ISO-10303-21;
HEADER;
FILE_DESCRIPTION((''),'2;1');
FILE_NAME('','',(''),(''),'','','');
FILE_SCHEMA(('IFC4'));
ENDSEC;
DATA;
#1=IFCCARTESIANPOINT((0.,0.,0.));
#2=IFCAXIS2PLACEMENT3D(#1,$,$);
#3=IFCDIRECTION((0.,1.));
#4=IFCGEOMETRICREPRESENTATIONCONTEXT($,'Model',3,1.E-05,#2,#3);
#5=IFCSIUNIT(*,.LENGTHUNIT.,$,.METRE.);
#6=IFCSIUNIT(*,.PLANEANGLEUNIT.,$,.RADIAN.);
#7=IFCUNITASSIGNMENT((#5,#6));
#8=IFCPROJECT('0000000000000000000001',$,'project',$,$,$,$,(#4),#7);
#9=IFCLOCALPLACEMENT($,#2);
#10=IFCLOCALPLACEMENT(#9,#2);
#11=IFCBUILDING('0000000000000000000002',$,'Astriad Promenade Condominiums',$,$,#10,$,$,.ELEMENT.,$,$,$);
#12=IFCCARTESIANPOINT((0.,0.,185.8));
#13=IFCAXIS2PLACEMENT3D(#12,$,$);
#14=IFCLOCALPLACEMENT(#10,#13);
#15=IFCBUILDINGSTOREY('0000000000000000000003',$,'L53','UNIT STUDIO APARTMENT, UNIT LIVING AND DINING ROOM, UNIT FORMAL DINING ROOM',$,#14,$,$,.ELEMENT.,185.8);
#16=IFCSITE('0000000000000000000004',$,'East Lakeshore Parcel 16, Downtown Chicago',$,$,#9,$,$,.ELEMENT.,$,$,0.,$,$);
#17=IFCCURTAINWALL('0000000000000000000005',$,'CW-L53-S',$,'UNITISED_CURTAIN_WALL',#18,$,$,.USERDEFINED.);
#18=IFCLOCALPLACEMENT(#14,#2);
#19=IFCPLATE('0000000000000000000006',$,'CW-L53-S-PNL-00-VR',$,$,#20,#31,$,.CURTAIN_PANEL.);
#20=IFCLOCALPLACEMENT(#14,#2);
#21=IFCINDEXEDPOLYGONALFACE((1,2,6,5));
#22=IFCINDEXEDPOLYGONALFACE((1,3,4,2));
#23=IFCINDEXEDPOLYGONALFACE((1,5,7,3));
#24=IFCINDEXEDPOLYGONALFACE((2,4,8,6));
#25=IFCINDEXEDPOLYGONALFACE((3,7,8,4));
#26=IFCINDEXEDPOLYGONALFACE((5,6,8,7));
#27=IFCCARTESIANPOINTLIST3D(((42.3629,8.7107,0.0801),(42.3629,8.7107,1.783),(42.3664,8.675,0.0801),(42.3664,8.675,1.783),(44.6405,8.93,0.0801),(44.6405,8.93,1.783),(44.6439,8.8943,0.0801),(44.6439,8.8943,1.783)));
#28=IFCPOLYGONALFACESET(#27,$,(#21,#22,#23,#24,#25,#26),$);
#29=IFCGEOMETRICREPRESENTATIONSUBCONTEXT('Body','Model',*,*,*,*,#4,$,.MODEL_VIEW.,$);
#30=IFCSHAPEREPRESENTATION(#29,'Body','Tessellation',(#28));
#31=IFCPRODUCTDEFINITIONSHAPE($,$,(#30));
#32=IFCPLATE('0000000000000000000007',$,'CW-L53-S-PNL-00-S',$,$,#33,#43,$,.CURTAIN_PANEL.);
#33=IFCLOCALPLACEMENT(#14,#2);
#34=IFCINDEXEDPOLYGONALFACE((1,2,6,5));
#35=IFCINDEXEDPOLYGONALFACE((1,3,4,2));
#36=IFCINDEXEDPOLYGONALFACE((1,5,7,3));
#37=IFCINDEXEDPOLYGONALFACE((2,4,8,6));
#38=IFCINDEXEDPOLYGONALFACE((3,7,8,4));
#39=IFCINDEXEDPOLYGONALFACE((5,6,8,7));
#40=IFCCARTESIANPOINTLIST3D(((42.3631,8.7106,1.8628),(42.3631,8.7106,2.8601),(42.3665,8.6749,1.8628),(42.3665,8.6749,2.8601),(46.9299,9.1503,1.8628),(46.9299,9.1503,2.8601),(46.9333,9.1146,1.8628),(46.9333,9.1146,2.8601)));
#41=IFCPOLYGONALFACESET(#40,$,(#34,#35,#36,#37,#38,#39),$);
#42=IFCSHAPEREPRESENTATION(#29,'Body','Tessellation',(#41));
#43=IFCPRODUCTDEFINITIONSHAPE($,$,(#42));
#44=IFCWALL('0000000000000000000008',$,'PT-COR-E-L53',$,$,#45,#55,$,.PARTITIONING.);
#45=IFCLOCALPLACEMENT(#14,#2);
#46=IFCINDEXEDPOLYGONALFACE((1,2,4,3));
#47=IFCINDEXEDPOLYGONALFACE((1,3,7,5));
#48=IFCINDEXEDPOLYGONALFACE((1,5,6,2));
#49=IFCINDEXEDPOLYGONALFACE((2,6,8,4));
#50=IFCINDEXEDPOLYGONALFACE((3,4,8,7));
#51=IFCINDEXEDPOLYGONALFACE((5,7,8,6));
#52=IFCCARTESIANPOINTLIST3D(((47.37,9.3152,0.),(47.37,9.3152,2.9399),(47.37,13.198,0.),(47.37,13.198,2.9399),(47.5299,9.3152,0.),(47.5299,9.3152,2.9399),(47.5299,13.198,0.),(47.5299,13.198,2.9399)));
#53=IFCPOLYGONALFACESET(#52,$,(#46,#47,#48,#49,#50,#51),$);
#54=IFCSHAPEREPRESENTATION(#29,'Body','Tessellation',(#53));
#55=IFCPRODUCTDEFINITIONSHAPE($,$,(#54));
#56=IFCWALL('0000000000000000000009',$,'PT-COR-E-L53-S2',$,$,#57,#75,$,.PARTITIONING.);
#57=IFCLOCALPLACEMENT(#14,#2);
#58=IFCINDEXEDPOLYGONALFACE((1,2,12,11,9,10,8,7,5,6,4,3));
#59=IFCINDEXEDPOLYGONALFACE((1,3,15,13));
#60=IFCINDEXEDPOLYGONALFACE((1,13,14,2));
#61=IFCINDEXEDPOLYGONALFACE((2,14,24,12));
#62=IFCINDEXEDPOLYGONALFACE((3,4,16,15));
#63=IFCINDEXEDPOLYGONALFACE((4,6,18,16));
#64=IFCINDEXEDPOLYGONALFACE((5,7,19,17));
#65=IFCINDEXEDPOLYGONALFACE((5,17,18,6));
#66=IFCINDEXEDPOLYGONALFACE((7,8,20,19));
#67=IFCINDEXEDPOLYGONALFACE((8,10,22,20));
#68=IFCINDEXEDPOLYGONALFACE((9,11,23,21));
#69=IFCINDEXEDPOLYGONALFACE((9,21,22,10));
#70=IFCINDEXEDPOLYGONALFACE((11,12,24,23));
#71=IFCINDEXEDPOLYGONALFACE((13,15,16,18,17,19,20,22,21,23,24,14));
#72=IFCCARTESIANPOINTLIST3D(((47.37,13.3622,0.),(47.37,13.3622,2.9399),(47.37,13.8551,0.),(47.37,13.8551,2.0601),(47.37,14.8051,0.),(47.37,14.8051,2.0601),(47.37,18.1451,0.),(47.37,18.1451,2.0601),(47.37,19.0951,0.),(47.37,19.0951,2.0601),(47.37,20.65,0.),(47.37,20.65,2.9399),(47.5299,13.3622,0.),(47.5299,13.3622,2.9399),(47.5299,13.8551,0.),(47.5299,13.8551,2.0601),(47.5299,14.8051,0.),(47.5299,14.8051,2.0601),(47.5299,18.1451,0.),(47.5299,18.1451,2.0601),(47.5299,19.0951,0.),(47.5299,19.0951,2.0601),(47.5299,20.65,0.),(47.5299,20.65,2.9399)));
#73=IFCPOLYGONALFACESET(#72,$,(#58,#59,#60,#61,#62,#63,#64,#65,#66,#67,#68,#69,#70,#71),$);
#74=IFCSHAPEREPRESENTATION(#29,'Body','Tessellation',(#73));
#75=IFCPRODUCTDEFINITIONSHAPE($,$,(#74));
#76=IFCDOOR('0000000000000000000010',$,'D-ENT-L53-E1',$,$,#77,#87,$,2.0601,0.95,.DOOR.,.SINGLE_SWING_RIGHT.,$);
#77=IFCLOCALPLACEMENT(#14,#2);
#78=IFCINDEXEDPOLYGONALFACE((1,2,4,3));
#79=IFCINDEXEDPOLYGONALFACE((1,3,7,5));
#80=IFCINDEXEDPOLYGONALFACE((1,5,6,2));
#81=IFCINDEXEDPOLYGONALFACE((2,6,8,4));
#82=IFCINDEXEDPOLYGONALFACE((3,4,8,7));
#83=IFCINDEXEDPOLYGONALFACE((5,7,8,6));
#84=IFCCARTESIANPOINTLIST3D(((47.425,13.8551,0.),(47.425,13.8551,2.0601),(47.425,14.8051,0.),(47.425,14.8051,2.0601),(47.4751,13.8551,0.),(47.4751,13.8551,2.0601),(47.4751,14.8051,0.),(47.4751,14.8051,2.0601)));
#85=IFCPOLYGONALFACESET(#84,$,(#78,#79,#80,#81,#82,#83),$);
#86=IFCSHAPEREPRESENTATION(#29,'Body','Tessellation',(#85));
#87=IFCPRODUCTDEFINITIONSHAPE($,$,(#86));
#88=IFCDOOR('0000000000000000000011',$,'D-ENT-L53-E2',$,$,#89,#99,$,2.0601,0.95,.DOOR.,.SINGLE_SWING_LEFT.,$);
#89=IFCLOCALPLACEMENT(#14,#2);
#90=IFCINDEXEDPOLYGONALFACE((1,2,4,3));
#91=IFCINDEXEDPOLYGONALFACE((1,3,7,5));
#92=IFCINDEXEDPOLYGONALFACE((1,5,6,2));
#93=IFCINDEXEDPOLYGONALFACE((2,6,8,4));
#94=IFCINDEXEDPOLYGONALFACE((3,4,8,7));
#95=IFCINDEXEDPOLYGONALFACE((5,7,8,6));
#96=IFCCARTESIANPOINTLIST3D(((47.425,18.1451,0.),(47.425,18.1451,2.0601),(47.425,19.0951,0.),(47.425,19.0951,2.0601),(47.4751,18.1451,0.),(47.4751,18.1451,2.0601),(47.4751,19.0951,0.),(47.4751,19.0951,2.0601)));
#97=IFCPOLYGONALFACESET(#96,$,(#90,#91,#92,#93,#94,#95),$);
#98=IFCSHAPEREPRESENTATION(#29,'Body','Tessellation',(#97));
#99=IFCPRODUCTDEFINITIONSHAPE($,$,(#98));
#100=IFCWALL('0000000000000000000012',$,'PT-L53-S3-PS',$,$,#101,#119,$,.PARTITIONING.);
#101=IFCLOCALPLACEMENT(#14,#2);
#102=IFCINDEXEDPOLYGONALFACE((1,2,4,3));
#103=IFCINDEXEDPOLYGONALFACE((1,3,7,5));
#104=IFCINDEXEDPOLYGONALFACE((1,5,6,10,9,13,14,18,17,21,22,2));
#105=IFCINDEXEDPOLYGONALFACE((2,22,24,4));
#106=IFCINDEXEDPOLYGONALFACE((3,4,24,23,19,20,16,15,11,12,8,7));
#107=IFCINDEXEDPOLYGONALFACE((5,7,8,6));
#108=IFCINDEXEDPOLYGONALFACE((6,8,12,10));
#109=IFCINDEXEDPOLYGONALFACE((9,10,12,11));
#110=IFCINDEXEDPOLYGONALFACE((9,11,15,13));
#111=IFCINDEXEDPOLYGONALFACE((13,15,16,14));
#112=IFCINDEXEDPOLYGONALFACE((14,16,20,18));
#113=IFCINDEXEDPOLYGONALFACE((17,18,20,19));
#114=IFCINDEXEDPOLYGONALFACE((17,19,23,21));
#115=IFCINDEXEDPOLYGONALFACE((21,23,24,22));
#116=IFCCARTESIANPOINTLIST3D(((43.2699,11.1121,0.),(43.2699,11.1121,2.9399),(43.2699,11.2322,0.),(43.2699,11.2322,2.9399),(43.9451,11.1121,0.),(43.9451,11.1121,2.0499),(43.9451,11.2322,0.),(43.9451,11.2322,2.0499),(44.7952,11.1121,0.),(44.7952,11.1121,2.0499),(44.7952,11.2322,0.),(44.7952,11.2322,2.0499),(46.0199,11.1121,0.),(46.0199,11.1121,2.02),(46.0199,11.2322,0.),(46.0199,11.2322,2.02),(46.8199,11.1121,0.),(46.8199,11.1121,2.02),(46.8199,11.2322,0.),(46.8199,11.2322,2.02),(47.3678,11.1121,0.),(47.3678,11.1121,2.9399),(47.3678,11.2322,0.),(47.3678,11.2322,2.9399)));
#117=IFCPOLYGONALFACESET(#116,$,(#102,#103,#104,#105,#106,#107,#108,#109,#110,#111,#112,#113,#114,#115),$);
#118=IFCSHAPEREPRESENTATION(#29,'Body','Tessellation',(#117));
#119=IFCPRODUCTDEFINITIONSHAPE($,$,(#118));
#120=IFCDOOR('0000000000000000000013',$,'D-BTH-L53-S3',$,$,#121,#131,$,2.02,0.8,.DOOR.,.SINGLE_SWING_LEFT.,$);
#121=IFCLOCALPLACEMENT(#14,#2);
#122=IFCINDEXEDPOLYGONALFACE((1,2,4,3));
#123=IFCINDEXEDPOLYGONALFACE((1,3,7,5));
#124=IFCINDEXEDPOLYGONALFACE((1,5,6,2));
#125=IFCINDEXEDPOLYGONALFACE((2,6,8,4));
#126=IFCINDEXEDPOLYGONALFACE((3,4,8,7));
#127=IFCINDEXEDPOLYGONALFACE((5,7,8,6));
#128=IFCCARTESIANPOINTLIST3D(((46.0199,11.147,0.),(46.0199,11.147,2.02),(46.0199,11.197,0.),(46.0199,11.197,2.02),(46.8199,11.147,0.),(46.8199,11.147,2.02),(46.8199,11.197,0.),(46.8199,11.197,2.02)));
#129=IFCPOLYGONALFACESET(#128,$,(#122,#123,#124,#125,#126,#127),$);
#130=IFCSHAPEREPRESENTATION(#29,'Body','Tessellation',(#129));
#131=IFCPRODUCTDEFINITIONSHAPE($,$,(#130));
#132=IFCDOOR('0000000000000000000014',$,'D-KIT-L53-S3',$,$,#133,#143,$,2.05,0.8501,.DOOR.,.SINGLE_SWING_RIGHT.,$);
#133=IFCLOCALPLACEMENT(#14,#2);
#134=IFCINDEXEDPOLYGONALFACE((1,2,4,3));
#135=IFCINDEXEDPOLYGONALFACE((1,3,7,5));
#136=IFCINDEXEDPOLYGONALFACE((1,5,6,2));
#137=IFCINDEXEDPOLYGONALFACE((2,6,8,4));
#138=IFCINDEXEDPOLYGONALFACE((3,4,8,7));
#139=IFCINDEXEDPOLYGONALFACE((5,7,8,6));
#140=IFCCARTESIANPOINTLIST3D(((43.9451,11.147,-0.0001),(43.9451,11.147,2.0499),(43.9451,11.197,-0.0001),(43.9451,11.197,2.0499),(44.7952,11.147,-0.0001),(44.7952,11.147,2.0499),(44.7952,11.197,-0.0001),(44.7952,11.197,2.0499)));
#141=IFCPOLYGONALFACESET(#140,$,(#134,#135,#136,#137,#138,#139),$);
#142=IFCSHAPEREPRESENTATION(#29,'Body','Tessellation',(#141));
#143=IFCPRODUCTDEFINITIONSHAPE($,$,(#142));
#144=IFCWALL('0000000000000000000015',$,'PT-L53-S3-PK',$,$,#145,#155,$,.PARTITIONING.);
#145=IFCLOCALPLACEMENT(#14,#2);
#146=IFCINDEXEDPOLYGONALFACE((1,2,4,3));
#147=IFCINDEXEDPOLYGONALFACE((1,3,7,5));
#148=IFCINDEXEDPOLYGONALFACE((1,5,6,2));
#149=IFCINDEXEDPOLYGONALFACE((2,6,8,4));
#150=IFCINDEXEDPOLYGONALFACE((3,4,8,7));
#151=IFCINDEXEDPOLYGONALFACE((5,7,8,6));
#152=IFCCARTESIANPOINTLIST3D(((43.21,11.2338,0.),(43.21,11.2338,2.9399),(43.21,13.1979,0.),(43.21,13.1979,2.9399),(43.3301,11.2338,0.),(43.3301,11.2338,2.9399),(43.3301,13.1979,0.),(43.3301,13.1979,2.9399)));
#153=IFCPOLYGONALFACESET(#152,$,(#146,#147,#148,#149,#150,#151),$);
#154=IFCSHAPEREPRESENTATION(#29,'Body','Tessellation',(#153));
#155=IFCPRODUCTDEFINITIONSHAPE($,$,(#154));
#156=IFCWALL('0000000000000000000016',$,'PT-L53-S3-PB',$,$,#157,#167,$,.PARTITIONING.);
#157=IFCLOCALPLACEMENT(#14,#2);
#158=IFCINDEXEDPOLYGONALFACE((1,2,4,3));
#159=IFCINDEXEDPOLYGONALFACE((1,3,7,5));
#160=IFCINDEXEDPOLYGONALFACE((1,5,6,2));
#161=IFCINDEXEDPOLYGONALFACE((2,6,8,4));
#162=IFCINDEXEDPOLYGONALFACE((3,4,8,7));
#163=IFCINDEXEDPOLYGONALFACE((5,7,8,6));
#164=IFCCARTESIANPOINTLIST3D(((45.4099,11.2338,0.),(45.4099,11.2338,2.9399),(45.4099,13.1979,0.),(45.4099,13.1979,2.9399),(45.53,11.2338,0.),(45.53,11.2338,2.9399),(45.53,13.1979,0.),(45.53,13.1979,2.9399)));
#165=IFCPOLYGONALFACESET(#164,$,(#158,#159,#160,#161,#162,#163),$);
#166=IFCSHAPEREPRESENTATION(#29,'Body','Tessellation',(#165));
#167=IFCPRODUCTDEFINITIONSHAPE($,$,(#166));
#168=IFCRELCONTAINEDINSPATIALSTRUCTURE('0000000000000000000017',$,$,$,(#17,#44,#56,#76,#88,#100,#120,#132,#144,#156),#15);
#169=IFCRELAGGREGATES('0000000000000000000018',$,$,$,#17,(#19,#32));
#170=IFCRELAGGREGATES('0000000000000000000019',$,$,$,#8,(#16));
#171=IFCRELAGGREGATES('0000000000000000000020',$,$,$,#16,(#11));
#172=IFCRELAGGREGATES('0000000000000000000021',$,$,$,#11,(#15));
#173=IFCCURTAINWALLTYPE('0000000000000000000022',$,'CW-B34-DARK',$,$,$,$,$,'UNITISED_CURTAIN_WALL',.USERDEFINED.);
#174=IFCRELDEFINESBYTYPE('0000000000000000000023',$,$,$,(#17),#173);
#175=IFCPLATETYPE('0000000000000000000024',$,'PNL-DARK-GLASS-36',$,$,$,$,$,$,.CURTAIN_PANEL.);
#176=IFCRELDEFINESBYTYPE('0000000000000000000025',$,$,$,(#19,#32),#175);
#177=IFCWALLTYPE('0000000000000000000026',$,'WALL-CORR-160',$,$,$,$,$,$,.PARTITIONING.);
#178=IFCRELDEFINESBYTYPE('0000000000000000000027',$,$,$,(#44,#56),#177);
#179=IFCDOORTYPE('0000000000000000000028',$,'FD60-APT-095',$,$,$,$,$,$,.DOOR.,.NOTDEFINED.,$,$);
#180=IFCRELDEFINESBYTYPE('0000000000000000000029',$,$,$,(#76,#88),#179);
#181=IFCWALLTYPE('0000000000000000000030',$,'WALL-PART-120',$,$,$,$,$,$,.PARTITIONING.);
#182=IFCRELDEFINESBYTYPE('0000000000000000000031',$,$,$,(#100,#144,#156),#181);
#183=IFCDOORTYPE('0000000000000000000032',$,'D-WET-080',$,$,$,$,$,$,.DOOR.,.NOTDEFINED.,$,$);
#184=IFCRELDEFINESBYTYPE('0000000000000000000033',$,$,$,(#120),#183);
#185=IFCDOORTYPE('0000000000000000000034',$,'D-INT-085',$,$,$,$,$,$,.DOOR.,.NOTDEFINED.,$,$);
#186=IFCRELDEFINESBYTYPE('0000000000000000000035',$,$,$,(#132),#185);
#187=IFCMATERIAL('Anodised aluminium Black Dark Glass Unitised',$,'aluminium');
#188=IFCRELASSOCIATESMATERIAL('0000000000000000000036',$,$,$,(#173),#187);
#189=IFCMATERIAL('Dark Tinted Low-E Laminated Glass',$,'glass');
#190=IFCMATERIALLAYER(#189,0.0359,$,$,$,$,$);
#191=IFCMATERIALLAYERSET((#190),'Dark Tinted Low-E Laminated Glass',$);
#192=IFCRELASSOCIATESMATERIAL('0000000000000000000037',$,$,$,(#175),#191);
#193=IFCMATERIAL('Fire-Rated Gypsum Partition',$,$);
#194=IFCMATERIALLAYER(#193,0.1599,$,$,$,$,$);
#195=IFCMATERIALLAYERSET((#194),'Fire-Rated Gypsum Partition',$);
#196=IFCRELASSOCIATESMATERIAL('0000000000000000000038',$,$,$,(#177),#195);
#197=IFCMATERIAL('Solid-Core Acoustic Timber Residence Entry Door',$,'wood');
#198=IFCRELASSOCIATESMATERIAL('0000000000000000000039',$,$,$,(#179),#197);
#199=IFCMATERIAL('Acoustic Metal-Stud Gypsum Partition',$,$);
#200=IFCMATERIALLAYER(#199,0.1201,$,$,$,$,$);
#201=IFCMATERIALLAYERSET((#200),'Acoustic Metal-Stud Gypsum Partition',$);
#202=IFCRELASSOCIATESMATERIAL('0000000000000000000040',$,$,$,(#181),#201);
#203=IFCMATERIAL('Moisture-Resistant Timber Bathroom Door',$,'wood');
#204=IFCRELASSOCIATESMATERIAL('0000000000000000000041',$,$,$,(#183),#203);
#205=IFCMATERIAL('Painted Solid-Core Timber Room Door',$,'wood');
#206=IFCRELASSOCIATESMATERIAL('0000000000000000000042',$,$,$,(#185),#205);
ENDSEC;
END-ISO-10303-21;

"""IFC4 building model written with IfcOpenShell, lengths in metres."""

from ifc_helpers import new_model, si_unit, direction, frame, frame_2d, origin, origin_2d, place, context, subcontext, project, spatial, rectangle, extrude, source, transform, mapped, material, layer, layer_set, type_object, type_shapes, element, fill, aggregate, save


model = new_model("IFC4")

# Units and contexts
model_context = context("Model", 3, precision=1e-05, world=origin(), true_north=direction((0.0, 1.0)))
body_context = subcontext(model_context, "Body", "Model", "MODEL_VIEW")
ifc_project = project(units=[si_unit("LENGTHUNIT", "METRE"), si_unit("PLANEANGLEUNIT", "RADIAN")], contexts=[model_context])

# Site, building, storey
site_placement = place(None, origin())
site = spatial("IfcSite", under=ifc_project, at=site_placement, Name="East Lakeshore Parcel 16, Downtown Chicago", CompositionType="ELEMENT", RefElevation=0.0)
building_placement = place(site_placement, origin())
building = spatial("IfcBuilding", under=site, at=building_placement, Name="Astriad Promenade Condominiums", CompositionType="ELEMENT")
storey_placement = place(building_placement, frame((0.0, 0.0, 185.8)))
storey = spatial("IfcBuildingStorey", under=building, at=storey_placement, Name="L53", Description="UNIT STUDIO APARTMENT, UNIT LIVING AND DINING ROOM, UNIT FORMAL DINING ROOM", CompositionType="ELEMENT", Elevation=185.8)

# Curtain wall, plates
ifc_material_1 = material(Name="Anodised aluminium Black Dark Glass Unitised", Category="aluminium")
curtain_wall_type = type_object("IfcCurtainWallType", Name="CW-B34-DARK", ElementType="UNITISED_CURTAIN_WALL", PredefinedType="USERDEFINED", material=ifc_material_1)
curtain_wall_placement = place(storey_placement, origin())
curtain_wall = element("IfcCurtainWall", 1, at=curtain_wall_placement, inside=storey, type_object=curtain_wall_type, Name="CW-L53-S", ObjectType="UNITISED_CURTAIN_WALL", PredefinedType="USERDEFINED")
ifc_material_2 = material(Name="Dark Tinted Low-E Laminated Glass", Category="glass")
ifc_layer_1 = layer(ifc_material_2, 0.0359)
ifc_layer_set_1 = layer_set([ifc_layer_1], Name="Dark Tinted Low-E Laminated Glass")
plate_type = type_object("IfcPlateType", Name="PNL-DARK-GLASS-36", PredefinedType="CURTAIN_PANEL", material=ifc_layer_set_1)
shared_shape_1 = source(origin(), body_context, "Body", "SweptSolid", [
    extrude(rectangle(XDim=2.2881, YDim=0.0359, at=origin_2d()), origin(), (0.0, 0.0, 1.0), 1.7029),
])
plate_1_placement = place(storey_placement, frame((43.5034, 8.8025, 0.0801), z_axis=(0.0, 0.0, 1.0), x_axis=(-0.995396, -0.095846, 0.0)))
plate_1 = element("IfcPlate", 2, at=plate_1_placement, type_object=plate_type, Name="CW-L53-S-PNL-00-VR", PredefinedType="CURTAIN_PANEL", context=body_context, shape_type="MappedRepresentation", body=[
    mapped(shared_shape_1, transform((0.0, 0.0, 0.0), scale=1.0)),
])
shared_shape_2 = source(origin(), body_context, "Body", "SweptSolid", [
    extrude(rectangle(XDim=4.5879, YDim=0.0359, at=origin_2d()), origin(), (0.0, 0.0, 1.0), 0.9973),
])
type_shapes(plate_type, [shared_shape_1, shared_shape_2])
plate_2_placement = place(storey_placement, frame((44.6482, 8.9126, 1.8628), z_axis=(0.0, 0.0, 1.0), x_axis=(-0.995396, -0.095846, 0.0)))
plate_2 = element("IfcPlate", 3, at=plate_2_placement, type_object=plate_type, Name="CW-L53-S-PNL-00-S", PredefinedType="CURTAIN_PANEL", context=body_context, shape_type="MappedRepresentation", body=[
    mapped(shared_shape_2, transform((0.0, 0.0, 0.0), scale=1.0)),
])
aggregate(curtain_wall, [plate_1, plate_2])

# Wall
ifc_material_3 = material(Name="Fire-Rated Gypsum Partition")
ifc_layer_2 = layer(ifc_material_3, 0.1599)
ifc_layer_set_2 = layer_set([ifc_layer_2], Name="Fire-Rated Gypsum Partition")
wall_type_1 = type_object("IfcWallType", Name="WALL-CORR-160", PredefinedType="PARTITIONING", material=ifc_layer_set_2)
wall_1_placement = place(storey_placement, frame((47.45, 9.3152, 0.0), z_axis=(0.0, 0.0, 1.0), x_axis=(0.0, 1.0, 0.0)))
element("IfcWall", 4, at=wall_1_placement, inside=storey, type_object=wall_type_1, Name="PT-COR-E-L53", PredefinedType="PARTITIONING", context=body_context, shape_type="SweptSolid", body=[
    extrude(rectangle(XDim=3.8828, YDim=0.1599, at=frame_2d((1.9414, 0.0))), origin(), (0.0, 0.0, 1.0), 2.9399),
])

# Walls, openings, doors
wall_2_placement = place(storey_placement, frame((47.45, 13.3621, 0.0), z_axis=(0.0, 0.0, 1.0), x_axis=(0.0, 1.0, 0.0)))
wall_2 = element("IfcWall", 5, at=wall_2_placement, inside=storey, type_object=wall_type_1, Name="PT-COR-E-L53-S2", PredefinedType="PARTITIONING", context=body_context, shape_type="SweptSolid", body=[
    extrude(rectangle(XDim=7.2878, YDim=0.1599, at=frame_2d((3.644, 0.0))), origin(), (0.0, 0.0, 1.0), 2.9399),
])
opening_1_placement = place(wall_2_placement, frame((0.4929, 0.0, 0.0)))
opening_1 = element("IfcOpeningElement", 6, at=opening_1_placement, cuts=wall_2, PredefinedType="OPENING", context=body_context, shape_type="SweptSolid", body=[
    extrude(rectangle(XDim=0.95, YDim=2.0601, at=frame_2d((0.4751, 1.03))), frame((0.0, 0.0898, 0.0), z_axis=(0.0, -1.0, 0.0), x_axis=(1.0, 0.0, 0.0)), (0.0, 0.0, 1.0), 0.1799),
])
opening_2_placement = place(wall_2_placement, frame((4.783, 0.0, 0.0)))
opening_2 = element("IfcOpeningElement", 7, at=opening_2_placement, cuts=wall_2, PredefinedType="OPENING", context=body_context, shape_type="SweptSolid", body=[
    extrude(rectangle(XDim=0.95, YDim=2.0601, at=frame_2d((0.4751, 1.03))), frame((0.0, 0.0898, 0.0), z_axis=(0.0, -1.0, 0.0), x_axis=(1.0, 0.0, 0.0)), (0.0, 0.0, 1.0), 0.1799),
])
ifc_material_4 = material(Name="Solid-Core Acoustic Timber Residence Entry Door", Category="wood")
door_type_1 = type_object("IfcDoorType", Name="FD60-APT-095", OperationType="NOTDEFINED", PredefinedType="DOOR", material=ifc_material_4)
shared_shape_3 = source(origin(), body_context, "Body", "SweptSolid", [
    extrude(rectangle(XDim=0.95, YDim=2.0601, at=frame_2d((0.4751, 1.03))), frame((0.0, 0.0249, 0.0), z_axis=(0.0, -1.0, 0.0), x_axis=(1.0, 0.0, 0.0)), (0.0, 0.0, 1.0), 0.05),
])
type_shapes(door_type_1, [shared_shape_3])
door_1_placement = place(opening_1_placement, origin())
door_1 = element("IfcDoor", 8, at=door_1_placement, inside=storey, type_object=door_type_1, Name="D-ENT-L53-E1", OperationType="SINGLE_SWING_RIGHT", OverallHeight=2.0601, OverallWidth=0.95, PredefinedType="DOOR", context=body_context, shape_type="MappedRepresentation", body=[
    mapped(shared_shape_3, transform((0.0, 0.0, 0.0), scale=1.0)),
])
fill(opening_1, door_1)
door_2_placement = place(opening_2_placement, origin())
door_2 = element("IfcDoor", 9, at=door_2_placement, inside=storey, type_object=door_type_1, Name="D-ENT-L53-E2", OperationType="SINGLE_SWING_LEFT", OverallHeight=2.0601, OverallWidth=0.95, PredefinedType="DOOR", context=body_context, shape_type="MappedRepresentation", body=[
    mapped(shared_shape_3, transform((0.0, 0.0, 0.0), scale=1.0)),
])
fill(opening_2, door_2)
ifc_material_5 = material(Name="Acoustic Metal-Stud Gypsum Partition")
ifc_layer_3 = layer(ifc_material_5, 0.1201)
ifc_layer_set_3 = layer_set([ifc_layer_3], Name="Acoustic Metal-Stud Gypsum Partition")
wall_type_2 = type_object("IfcWallType", Name="WALL-PART-120", PredefinedType="PARTITIONING", material=ifc_layer_set_3)
wall_3_placement = place(storey_placement, frame((43.27, 11.1721, 0.0), z_axis=(0.0, 0.0, 1.0), x_axis=(1.0, 0.0, 0.0)))
wall_3 = element("IfcWall", 10, at=wall_3_placement, inside=storey, type_object=wall_type_2, Name="PT-L53-S3-PS", PredefinedType="PARTITIONING", context=body_context, shape_type="SweptSolid", body=[
    extrude(rectangle(XDim=4.0979, YDim=0.1201, at=frame_2d((2.0488, 0.0))), origin(), (0.0, 0.0, 1.0), 2.9399),
])
opening_3_placement = place(wall_3_placement, frame((0.675, 0.0, 0.0)))
opening_3 = element("IfcOpeningElement", 11, at=opening_3_placement, cuts=wall_3, PredefinedType="OPENING", context=body_context, shape_type="SweptSolid", body=[
    extrude(rectangle(XDim=0.8501, YDim=2.05, at=frame_2d((0.425, 1.0249))), frame((0.0, 0.0701, 0.0), z_axis=(0.0, -1.0, 0.0), x_axis=(1.0, 0.0, 0.0)), (0.0, 0.0, 1.0), 0.1401),
])
opening_4_placement = place(wall_3_placement, frame((2.75, 0.0, 0.0)))
opening_4 = element("IfcOpeningElement", 12, at=opening_4_placement, cuts=wall_3, PredefinedType="OPENING", context=body_context, shape_type="SweptSolid", body=[
    extrude(rectangle(XDim=0.8, YDim=2.02, at=frame_2d((0.3999, 1.01))), frame((0.0, 0.0701, 0.0), z_axis=(0.0, -1.0, 0.0), x_axis=(1.0, 0.0, 0.0)), (0.0, 0.0, 1.0), 0.1401),
])
ifc_material_6 = material(Name="Moisture-Resistant Timber Bathroom Door", Category="wood")
door_type_2 = type_object("IfcDoorType", Name="D-WET-080", OperationType="NOTDEFINED", PredefinedType="DOOR", material=ifc_material_6)
shared_shape_4 = source(origin(), body_context, "Body", "SweptSolid", [
    extrude(rectangle(XDim=0.8, YDim=2.02, at=frame_2d((0.3999, 1.01))), frame((0.0, 0.0249, 0.0), z_axis=(0.0, -1.0, 0.0), x_axis=(1.0, 0.0, 0.0)), (0.0, 0.0, 1.0), 0.05),
])
type_shapes(door_type_2, [shared_shape_4])
door_3_placement = place(opening_4_placement, origin())
door_3 = element("IfcDoor", 13, at=door_3_placement, inside=storey, type_object=door_type_2, Name="D-BTH-L53-S3", OperationType="SINGLE_SWING_LEFT", OverallHeight=2.02, OverallWidth=0.8, PredefinedType="DOOR", context=body_context, shape_type="MappedRepresentation", body=[
    mapped(shared_shape_4, transform((0.0, 0.0, 0.0), scale=1.0)),
])
fill(opening_4, door_3)
ifc_material_7 = material(Name="Painted Solid-Core Timber Room Door", Category="wood")
door_type_3 = type_object("IfcDoorType", Name="D-INT-085", OperationType="NOTDEFINED", PredefinedType="DOOR", material=ifc_material_7)
shared_shape_5 = source(origin(), body_context, "Body", "SweptSolid", [
    extrude(rectangle(XDim=0.8501, YDim=2.05, at=frame_2d((0.425, 1.0249))), frame((0.0, 0.0249, 0.0), z_axis=(0.0, -1.0, 0.0), x_axis=(1.0, 0.0, 0.0)), (0.0, 0.0, 1.0), 0.05),
])
type_shapes(door_type_3, [shared_shape_5])
door_4_placement = place(opening_3_placement, origin())
door_4 = element("IfcDoor", 14, at=door_4_placement, inside=storey, type_object=door_type_3, Name="D-KIT-L53-S3", OperationType="SINGLE_SWING_RIGHT", OverallHeight=2.05, OverallWidth=0.8501, PredefinedType="DOOR", context=body_context, shape_type="MappedRepresentation", body=[
    mapped(shared_shape_5, transform((0.0, 0.0, 0.0), scale=1.0)),
])
fill(opening_3, door_4)

# Walls
for number, where, z_axis, x_axis, name in (
    (15, (43.27, 11.2339, 0.0), (0.0, 0.0, 1.0), (0.0, 1.0, 0.0), "PT-L53-S3-PK"),
    (16, (45.47, 11.2339, 0.0), (0.0, 0.0, 1.0), (0.0, 1.0, 0.0), "PT-L53-S3-PB"),
):
    element("IfcWall", number, at=place(storey_placement, frame(where, z_axis=z_axis, x_axis=x_axis)), inside=storey, type_object=wall_type_2, Name=name, PredefinedType="PARTITIONING", context=body_context, shape_type="SweptSolid", body=[
        extrude(rectangle(XDim=1.9641, YDim=0.1201, at=frame_2d((0.9819, 0.0))), origin(), (0.0, 0.0, 1.0), 2.9399),
    ])

save(model, "model.ifc")
